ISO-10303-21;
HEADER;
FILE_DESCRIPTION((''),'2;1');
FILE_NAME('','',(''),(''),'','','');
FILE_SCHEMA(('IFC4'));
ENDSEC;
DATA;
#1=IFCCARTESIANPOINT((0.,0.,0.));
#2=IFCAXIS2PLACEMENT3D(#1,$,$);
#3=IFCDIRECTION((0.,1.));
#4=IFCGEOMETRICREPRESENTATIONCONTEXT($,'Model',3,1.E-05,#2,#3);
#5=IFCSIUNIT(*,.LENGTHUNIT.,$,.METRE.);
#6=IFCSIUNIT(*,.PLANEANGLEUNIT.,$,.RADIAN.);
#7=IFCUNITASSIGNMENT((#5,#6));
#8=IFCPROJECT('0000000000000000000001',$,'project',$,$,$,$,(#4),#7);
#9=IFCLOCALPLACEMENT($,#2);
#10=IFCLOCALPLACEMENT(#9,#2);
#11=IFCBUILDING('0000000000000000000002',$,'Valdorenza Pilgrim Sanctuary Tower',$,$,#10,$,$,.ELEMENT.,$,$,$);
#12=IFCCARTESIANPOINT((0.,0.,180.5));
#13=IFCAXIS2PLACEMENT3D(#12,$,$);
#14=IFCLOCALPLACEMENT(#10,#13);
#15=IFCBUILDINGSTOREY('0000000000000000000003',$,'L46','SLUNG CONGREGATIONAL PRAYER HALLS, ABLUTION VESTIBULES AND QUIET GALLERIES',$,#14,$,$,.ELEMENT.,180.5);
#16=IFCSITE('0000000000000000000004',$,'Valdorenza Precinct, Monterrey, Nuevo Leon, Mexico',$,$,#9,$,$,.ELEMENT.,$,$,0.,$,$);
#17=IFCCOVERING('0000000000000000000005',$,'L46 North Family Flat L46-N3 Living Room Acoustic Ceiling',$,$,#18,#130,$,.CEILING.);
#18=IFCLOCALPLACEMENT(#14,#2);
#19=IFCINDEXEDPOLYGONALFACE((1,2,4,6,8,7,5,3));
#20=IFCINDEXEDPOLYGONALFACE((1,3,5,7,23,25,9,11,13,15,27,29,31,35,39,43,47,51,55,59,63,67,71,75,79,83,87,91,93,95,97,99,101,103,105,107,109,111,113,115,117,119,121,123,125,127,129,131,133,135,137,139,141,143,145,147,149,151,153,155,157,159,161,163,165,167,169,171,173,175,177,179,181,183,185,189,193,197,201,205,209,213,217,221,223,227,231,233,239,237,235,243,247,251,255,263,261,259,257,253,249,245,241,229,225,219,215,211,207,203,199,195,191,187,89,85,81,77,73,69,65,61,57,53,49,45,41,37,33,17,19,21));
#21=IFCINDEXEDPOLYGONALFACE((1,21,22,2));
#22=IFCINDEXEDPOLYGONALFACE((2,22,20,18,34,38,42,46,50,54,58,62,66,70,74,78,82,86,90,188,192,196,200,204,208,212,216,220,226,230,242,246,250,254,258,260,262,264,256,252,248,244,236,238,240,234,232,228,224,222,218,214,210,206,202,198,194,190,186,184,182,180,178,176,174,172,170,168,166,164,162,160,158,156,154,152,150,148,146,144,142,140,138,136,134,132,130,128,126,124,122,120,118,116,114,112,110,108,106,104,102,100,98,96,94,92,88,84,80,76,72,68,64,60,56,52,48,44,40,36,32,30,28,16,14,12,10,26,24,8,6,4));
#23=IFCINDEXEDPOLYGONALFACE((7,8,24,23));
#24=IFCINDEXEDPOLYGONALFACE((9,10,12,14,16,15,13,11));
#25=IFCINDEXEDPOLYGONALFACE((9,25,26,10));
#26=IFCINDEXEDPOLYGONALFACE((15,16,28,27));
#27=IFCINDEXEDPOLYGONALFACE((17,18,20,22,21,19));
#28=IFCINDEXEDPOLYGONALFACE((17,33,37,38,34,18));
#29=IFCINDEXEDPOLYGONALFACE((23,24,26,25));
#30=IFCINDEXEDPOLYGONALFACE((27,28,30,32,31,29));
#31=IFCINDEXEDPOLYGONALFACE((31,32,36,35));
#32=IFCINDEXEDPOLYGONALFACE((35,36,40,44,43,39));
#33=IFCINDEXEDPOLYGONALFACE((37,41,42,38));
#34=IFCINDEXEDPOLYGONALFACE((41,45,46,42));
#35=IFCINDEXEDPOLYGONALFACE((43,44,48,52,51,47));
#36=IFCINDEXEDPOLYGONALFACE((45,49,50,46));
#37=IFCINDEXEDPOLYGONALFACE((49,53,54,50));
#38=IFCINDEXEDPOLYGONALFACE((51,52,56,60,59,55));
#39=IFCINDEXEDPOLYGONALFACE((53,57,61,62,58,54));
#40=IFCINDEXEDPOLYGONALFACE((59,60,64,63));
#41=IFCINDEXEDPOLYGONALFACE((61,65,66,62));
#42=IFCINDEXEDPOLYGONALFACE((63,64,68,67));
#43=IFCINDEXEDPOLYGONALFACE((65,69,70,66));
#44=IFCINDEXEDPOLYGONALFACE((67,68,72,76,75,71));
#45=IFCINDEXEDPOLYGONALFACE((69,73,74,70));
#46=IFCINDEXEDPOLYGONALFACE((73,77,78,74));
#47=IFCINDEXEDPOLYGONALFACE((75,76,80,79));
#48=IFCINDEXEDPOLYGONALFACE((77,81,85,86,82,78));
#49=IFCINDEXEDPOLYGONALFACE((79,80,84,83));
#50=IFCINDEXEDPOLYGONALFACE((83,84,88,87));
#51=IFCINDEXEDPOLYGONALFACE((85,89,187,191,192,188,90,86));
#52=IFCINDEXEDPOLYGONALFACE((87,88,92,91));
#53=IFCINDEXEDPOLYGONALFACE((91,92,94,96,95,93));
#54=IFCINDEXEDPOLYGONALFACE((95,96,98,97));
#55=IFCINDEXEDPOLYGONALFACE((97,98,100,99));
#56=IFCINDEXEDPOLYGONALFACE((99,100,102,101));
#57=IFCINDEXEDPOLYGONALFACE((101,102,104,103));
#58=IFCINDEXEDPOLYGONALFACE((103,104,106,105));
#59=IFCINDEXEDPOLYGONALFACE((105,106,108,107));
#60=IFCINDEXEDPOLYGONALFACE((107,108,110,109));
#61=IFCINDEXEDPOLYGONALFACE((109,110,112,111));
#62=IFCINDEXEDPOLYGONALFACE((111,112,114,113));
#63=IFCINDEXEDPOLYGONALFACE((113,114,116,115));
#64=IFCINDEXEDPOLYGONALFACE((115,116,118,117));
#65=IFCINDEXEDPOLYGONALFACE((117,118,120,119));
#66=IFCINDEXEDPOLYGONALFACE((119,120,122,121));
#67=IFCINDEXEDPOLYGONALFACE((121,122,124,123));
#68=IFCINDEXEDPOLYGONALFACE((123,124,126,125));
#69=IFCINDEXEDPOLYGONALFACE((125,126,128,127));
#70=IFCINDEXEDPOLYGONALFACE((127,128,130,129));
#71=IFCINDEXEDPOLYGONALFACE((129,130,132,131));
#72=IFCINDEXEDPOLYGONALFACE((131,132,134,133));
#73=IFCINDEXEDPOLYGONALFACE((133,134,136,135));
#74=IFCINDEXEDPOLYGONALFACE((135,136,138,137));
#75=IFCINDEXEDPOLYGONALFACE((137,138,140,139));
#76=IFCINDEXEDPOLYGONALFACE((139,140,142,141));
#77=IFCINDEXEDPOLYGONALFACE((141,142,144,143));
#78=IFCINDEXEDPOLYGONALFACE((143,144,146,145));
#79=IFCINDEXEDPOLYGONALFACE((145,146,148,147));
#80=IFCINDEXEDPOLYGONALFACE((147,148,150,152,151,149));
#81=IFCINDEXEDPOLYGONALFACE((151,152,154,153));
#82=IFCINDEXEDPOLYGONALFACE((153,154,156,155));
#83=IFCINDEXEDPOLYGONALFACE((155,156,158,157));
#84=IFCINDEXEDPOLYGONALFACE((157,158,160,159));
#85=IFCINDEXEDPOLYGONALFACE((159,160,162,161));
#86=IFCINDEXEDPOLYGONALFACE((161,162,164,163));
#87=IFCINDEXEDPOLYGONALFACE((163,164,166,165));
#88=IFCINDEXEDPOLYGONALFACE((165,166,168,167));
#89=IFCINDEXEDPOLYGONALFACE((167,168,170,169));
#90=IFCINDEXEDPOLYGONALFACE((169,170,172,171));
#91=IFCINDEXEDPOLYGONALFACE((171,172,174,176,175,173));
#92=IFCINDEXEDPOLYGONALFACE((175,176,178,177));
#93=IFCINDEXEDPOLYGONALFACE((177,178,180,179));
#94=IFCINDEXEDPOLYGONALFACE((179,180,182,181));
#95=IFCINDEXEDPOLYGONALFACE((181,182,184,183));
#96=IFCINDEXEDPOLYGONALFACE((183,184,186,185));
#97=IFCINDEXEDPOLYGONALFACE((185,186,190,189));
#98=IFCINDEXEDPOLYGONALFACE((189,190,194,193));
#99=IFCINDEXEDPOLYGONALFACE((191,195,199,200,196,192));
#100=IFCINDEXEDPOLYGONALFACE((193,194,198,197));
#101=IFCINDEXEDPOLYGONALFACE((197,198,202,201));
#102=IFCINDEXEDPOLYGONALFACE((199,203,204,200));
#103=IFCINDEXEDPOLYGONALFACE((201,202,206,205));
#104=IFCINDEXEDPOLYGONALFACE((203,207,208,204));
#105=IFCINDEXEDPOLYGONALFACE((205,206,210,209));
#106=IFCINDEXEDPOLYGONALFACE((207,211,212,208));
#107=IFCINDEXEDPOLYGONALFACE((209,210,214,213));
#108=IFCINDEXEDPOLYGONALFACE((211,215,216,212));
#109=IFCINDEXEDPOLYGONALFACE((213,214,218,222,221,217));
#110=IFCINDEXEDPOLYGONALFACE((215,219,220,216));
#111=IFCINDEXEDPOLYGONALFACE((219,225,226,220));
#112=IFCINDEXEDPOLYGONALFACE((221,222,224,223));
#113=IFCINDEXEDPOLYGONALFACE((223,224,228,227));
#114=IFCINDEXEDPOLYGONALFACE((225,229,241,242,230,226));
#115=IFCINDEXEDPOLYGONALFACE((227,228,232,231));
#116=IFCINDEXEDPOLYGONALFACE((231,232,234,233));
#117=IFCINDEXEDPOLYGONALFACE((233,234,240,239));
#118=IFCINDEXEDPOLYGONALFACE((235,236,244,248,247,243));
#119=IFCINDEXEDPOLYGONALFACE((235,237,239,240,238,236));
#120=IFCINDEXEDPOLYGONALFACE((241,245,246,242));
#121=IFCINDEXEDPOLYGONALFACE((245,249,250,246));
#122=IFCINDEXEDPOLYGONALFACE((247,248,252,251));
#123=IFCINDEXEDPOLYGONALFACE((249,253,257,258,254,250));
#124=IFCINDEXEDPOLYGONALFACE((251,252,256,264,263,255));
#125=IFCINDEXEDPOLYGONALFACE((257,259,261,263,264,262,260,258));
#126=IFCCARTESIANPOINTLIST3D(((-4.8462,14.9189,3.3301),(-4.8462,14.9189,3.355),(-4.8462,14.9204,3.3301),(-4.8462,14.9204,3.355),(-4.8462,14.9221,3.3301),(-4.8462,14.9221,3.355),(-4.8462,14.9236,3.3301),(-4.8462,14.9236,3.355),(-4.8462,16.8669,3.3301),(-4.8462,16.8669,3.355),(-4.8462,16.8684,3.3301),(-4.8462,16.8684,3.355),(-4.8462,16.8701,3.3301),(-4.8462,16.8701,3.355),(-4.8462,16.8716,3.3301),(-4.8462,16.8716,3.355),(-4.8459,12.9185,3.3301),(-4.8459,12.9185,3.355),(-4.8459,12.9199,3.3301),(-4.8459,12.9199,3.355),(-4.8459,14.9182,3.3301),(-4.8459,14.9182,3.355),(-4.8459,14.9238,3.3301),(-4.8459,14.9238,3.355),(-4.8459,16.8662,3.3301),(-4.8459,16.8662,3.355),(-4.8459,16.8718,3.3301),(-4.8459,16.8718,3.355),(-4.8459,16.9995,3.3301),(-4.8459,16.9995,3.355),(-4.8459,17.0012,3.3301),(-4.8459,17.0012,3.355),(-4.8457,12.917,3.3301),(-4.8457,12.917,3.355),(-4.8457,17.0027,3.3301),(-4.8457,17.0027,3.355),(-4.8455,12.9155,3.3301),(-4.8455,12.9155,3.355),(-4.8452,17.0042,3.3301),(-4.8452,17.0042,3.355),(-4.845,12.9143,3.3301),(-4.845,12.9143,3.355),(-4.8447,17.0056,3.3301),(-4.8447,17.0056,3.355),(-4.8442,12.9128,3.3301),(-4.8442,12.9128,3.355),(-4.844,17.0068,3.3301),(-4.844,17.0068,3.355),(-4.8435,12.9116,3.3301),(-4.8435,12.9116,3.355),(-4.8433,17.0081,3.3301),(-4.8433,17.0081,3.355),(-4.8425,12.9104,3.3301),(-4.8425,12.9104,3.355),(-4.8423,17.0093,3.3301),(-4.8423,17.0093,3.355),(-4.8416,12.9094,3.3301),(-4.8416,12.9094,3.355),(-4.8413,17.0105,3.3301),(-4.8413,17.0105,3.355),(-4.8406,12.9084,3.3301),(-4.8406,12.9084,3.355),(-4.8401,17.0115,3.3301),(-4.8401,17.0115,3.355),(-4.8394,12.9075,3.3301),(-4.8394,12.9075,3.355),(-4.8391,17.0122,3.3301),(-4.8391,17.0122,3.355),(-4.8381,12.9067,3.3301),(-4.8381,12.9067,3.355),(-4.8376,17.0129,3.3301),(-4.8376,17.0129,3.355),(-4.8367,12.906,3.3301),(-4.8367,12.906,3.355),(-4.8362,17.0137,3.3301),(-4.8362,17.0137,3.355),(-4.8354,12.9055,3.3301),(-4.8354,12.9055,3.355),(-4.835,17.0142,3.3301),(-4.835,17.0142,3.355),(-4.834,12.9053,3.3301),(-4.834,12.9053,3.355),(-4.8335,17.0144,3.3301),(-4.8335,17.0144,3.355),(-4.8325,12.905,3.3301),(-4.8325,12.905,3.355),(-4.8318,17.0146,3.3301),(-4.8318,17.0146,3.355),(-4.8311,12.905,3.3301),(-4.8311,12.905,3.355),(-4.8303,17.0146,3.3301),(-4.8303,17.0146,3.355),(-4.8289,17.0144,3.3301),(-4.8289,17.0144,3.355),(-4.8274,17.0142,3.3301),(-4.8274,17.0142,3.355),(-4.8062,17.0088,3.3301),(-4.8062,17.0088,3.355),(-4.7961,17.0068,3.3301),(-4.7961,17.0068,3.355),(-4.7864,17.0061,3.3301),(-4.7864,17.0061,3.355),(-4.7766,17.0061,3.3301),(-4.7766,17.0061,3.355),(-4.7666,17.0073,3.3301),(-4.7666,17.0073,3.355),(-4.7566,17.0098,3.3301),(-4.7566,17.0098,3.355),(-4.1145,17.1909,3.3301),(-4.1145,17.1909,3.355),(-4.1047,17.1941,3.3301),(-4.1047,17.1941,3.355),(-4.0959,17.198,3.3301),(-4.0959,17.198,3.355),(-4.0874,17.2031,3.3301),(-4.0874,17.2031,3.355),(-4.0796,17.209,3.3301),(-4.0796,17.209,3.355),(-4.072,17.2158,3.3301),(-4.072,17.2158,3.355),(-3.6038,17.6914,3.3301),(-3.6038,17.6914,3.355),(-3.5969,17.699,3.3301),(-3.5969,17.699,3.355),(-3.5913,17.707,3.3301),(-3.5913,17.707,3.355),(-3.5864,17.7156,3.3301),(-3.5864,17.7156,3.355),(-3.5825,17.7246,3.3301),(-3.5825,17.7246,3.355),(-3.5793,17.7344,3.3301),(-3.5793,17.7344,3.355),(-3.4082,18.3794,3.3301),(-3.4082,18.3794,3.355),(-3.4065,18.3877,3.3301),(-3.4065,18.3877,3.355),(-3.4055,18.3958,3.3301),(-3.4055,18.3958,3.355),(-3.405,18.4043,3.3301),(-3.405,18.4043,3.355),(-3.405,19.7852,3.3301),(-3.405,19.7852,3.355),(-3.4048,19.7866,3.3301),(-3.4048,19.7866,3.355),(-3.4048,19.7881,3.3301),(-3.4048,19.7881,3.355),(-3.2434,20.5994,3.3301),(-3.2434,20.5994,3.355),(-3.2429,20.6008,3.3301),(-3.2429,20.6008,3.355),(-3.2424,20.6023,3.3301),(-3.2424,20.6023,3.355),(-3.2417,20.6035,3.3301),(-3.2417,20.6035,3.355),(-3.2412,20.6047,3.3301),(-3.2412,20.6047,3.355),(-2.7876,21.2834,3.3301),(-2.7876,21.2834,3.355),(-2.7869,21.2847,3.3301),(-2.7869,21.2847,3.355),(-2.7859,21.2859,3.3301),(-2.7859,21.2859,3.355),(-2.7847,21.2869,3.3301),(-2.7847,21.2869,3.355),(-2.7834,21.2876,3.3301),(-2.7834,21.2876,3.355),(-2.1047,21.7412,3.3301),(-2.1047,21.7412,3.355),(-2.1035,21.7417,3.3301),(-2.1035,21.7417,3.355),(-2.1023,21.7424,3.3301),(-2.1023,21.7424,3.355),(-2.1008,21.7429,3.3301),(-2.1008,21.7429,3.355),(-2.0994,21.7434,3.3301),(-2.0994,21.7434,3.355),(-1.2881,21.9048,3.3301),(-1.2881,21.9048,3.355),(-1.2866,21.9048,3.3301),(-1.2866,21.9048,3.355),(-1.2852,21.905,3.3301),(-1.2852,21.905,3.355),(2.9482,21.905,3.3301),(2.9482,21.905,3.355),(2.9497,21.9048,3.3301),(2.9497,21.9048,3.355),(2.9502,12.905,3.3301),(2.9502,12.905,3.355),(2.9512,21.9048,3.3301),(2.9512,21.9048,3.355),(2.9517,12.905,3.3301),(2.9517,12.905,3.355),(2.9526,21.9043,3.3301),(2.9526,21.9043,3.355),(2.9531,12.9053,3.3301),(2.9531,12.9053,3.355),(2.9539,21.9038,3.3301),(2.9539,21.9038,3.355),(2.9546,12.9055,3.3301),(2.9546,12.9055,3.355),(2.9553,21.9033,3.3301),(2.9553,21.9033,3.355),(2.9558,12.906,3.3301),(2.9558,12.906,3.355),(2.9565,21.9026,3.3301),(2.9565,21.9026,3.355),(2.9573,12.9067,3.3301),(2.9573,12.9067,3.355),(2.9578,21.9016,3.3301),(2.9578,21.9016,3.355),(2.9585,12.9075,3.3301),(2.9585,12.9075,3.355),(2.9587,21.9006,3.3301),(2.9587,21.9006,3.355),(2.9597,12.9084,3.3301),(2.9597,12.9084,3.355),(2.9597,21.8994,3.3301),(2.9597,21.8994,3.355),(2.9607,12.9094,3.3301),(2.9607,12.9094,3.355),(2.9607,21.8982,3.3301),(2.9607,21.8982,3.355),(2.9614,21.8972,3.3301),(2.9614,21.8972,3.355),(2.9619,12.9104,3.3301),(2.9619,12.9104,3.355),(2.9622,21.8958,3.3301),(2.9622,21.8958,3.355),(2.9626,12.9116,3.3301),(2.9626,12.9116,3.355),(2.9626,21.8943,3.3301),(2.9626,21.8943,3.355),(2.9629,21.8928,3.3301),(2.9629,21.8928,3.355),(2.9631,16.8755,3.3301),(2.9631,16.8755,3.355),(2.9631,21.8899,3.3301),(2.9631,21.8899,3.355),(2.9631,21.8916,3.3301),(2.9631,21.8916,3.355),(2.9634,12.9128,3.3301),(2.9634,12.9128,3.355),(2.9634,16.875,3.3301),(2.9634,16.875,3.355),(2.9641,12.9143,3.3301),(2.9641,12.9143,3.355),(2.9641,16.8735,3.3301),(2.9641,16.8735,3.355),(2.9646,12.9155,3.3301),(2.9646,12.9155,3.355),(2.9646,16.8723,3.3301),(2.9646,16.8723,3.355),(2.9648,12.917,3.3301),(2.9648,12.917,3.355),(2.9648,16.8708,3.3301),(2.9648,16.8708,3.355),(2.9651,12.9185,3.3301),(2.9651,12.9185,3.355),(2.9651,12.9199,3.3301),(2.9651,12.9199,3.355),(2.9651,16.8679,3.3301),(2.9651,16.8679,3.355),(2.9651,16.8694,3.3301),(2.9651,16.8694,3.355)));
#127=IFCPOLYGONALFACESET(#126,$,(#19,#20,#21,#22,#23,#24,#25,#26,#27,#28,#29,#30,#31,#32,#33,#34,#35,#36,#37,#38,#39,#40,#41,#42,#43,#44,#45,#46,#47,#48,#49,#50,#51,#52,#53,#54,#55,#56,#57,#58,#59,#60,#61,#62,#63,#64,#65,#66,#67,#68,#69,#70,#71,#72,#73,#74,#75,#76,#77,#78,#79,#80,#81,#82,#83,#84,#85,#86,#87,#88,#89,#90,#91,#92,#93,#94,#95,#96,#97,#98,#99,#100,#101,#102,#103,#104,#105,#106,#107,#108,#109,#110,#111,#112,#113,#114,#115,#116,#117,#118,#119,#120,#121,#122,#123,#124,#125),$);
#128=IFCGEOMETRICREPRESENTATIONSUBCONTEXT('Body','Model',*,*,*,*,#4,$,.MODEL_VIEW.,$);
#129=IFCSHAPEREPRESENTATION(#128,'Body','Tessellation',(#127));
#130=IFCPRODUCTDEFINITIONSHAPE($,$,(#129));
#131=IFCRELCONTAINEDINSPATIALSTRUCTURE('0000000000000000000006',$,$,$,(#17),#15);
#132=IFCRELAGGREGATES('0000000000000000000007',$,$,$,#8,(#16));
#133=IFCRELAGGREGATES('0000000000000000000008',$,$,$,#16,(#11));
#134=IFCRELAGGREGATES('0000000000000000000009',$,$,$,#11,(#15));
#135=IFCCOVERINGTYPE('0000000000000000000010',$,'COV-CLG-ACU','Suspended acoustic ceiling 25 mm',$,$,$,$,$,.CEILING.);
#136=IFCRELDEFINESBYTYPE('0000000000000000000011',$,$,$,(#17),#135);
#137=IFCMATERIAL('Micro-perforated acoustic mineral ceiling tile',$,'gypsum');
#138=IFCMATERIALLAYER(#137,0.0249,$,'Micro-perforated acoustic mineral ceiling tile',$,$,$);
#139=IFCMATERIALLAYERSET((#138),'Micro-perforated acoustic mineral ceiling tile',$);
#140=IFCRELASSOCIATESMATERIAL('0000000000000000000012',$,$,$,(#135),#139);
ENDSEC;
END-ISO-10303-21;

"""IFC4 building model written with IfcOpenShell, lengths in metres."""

from ifc_helpers import new_model, si_unit, direction, frame, origin, place, context, subcontext, project, spatial, polyline, outline, extrude, material, layer, layer_set, type_object, element, save


model = new_model("IFC4")

# Units and contexts
model_context = context("Model", 3, precision=1e-05, world=origin(), true_north=direction((0.0, 1.0)))
body_context = subcontext(model_context, "Body", "Model", "MODEL_VIEW")
ifc_project = project(units=[si_unit("LENGTHUNIT", "METRE"), si_unit("PLANEANGLEUNIT", "RADIAN")], contexts=[model_context])

# Site, building, storey
site_placement = place(None, origin())
site = spatial("IfcSite", under=ifc_project, at=site_placement, Name="Valdorenza Precinct, Monterrey, Nuevo Leon, Mexico", CompositionType="ELEMENT", RefElevation=0.0)
building_placement = place(site_placement, origin())
building = spatial("IfcBuilding", under=site, at=building_placement, Name="Valdorenza Pilgrim Sanctuary Tower", CompositionType="ELEMENT")
storey_placement = place(building_placement, frame((0.0, 0.0, 180.5)))
storey = spatial("IfcBuildingStorey", under=building, at=storey_placement, Name="L46", Description="SLUNG CONGREGATIONAL PRAYER HALLS, ABLUTION VESTIBULES AND QUIET GALLERIES", CompositionType="ELEMENT", Elevation=180.5)

# Covering
ifc_material_1 = material(Name="Micro-perforated acoustic mineral ceiling tile", Category="gypsum")
ifc_layer_1 = layer(ifc_material_1, 0.0249, Name="Micro-perforated acoustic mineral ceiling tile")
ifc_layer_set_1 = layer_set([ifc_layer_1], Name="Micro-perforated acoustic mineral ceiling tile")
covering_type_1 = type_object("IfcCoveringType", Name="COV-CLG-ACU", Description="Suspended acoustic ceiling 25 mm", PredefinedType="CEILING", material=ifc_layer_set_1)
covering_1_placement = place(storey_placement, frame((0.0, 0.0, 3.3301)))
element("IfcCovering", 1, at=covering_1_placement, inside=storey, type_object=covering_type_1, Name="L46 North Family Flat L46-N3 Living Room Acoustic Ceiling", PredefinedType="CEILING", context=body_context, shape_type="SweptSolid", body=[
    extrude(outline(polyline([(-4.8459, 14.9182), (-4.8462, 14.9189), (-4.8462, 14.9204), (-4.8462, 14.9221), (-4.8462, 14.9236), (-4.8459, 14.9238), (-4.8459, 16.8662), (-4.8462, 16.8669), (-4.8462, 16.8684), (-4.8462, 16.8701), (-4.8462, 16.8716), (-4.8459, 16.8718), (-4.8459, 16.9995), (-4.8459, 17.0012), (-4.8457, 17.0027), (-4.8452, 17.0042), (-4.8447, 17.0056), (-4.844, 17.0068), (-4.8433, 17.0081), (-4.8423, 17.0093), (-4.8413, 17.0105), (-4.8401, 17.0115), (-4.8391, 17.0122), (-4.8376, 17.0129), (-4.8362, 17.0137), (-4.835, 17.0142), (-4.8335, 17.0144), (-4.8318, 17.0146), (-4.8303, 17.0146), (-4.8289, 17.0144), (-4.8274, 17.0142), (-4.8062, 17.0088), (-4.7961, 17.0068), (-4.7864, 17.0061), (-4.7766, 17.0061), (-4.7666, 17.0073), (-4.7566, 17.0098), (-4.1145, 17.1909), (-4.1047, 17.1941), (-4.0959, 17.198), (-4.0874, 17.2031), (-4.0796, 17.209), (-4.072, 17.2158), (-3.6038, 17.6914), (-3.5969, 17.699), (-3.5913, 17.707), (-3.5864, 17.7156), (-3.5825, 17.7246), (-3.5793, 17.7344), (-3.4082, 18.3794), (-3.4065, 18.3877), (-3.4055, 18.3958), (-3.405, 18.4043), (-3.405, 19.7852), (-3.4048, 19.7866), (-3.4048, 19.7881), (-3.2434, 20.5994), (-3.2429, 20.6008), (-3.2424, 20.6023), (-3.2417, 20.6035), (-3.2412, 20.6047), (-2.7876, 21.2834), (-2.7869, 21.2847), (-2.7859, 21.2859), (-2.7847, 21.2869), (-2.7834, 21.2876), (-2.1047, 21.7412), (-2.1035, 21.7417), (-2.1023, 21.7424), (-2.1008, 21.7429), (-2.0994, 21.7434), (-1.2881, 21.9048), (-1.2866, 21.9048), (-1.2852, 21.905), (2.9482, 21.905), (2.9497, 21.9048), (2.9512, 21.9048), (2.9526, 21.9043), (2.9539, 21.9038), (2.9553, 21.9033), (2.9565, 21.9026), (2.9578, 21.9016), (2.9587, 21.9006), (2.9597, 21.8994), (2.9607, 21.8982), (2.9614, 21.8972), (2.9622, 21.8958), (2.9626, 21.8943), (2.9629, 21.8928), (2.9631, 21.8916), (2.9631, 21.8899), (2.9631, 16.8755), (2.9634, 16.875), (2.9641, 16.8735), (2.9646, 16.8723), (2.9648, 16.8708), (2.9651, 16.8694), (2.9651, 16.8679), (2.9651, 12.9199), (2.9651, 12.9185), (2.9648, 12.917), (2.9646, 12.9155), (2.9641, 12.9143), (2.9634, 12.9128), (2.9626, 12.9116), (2.9619, 12.9104), (2.9607, 12.9094), (2.9597, 12.9084), (2.9585, 12.9075), (2.9573, 12.9067), (2.9558, 12.906), (2.9546, 12.9055), (2.9531, 12.9053), (2.9517, 12.905), (2.9502, 12.905), (-4.8311, 12.905), (-4.8325, 12.905), (-4.834, 12.9053), (-4.8354, 12.9055), (-4.8367, 12.906), (-4.8381, 12.9067), (-4.8394, 12.9075), (-4.8406, 12.9084), (-4.8416, 12.9094), (-4.8425, 12.9104), (-4.8435, 12.9116), (-4.8442, 12.9128), (-4.845, 12.9143), (-4.8455, 12.9155), (-4.8457, 12.917), (-4.8459, 12.9185), (-4.8459, 12.9199), (-4.8459, 14.9182)])), origin(), (0.0, 0.0, 1.0), 0.0249),
])

save(model, "model.ifc")
